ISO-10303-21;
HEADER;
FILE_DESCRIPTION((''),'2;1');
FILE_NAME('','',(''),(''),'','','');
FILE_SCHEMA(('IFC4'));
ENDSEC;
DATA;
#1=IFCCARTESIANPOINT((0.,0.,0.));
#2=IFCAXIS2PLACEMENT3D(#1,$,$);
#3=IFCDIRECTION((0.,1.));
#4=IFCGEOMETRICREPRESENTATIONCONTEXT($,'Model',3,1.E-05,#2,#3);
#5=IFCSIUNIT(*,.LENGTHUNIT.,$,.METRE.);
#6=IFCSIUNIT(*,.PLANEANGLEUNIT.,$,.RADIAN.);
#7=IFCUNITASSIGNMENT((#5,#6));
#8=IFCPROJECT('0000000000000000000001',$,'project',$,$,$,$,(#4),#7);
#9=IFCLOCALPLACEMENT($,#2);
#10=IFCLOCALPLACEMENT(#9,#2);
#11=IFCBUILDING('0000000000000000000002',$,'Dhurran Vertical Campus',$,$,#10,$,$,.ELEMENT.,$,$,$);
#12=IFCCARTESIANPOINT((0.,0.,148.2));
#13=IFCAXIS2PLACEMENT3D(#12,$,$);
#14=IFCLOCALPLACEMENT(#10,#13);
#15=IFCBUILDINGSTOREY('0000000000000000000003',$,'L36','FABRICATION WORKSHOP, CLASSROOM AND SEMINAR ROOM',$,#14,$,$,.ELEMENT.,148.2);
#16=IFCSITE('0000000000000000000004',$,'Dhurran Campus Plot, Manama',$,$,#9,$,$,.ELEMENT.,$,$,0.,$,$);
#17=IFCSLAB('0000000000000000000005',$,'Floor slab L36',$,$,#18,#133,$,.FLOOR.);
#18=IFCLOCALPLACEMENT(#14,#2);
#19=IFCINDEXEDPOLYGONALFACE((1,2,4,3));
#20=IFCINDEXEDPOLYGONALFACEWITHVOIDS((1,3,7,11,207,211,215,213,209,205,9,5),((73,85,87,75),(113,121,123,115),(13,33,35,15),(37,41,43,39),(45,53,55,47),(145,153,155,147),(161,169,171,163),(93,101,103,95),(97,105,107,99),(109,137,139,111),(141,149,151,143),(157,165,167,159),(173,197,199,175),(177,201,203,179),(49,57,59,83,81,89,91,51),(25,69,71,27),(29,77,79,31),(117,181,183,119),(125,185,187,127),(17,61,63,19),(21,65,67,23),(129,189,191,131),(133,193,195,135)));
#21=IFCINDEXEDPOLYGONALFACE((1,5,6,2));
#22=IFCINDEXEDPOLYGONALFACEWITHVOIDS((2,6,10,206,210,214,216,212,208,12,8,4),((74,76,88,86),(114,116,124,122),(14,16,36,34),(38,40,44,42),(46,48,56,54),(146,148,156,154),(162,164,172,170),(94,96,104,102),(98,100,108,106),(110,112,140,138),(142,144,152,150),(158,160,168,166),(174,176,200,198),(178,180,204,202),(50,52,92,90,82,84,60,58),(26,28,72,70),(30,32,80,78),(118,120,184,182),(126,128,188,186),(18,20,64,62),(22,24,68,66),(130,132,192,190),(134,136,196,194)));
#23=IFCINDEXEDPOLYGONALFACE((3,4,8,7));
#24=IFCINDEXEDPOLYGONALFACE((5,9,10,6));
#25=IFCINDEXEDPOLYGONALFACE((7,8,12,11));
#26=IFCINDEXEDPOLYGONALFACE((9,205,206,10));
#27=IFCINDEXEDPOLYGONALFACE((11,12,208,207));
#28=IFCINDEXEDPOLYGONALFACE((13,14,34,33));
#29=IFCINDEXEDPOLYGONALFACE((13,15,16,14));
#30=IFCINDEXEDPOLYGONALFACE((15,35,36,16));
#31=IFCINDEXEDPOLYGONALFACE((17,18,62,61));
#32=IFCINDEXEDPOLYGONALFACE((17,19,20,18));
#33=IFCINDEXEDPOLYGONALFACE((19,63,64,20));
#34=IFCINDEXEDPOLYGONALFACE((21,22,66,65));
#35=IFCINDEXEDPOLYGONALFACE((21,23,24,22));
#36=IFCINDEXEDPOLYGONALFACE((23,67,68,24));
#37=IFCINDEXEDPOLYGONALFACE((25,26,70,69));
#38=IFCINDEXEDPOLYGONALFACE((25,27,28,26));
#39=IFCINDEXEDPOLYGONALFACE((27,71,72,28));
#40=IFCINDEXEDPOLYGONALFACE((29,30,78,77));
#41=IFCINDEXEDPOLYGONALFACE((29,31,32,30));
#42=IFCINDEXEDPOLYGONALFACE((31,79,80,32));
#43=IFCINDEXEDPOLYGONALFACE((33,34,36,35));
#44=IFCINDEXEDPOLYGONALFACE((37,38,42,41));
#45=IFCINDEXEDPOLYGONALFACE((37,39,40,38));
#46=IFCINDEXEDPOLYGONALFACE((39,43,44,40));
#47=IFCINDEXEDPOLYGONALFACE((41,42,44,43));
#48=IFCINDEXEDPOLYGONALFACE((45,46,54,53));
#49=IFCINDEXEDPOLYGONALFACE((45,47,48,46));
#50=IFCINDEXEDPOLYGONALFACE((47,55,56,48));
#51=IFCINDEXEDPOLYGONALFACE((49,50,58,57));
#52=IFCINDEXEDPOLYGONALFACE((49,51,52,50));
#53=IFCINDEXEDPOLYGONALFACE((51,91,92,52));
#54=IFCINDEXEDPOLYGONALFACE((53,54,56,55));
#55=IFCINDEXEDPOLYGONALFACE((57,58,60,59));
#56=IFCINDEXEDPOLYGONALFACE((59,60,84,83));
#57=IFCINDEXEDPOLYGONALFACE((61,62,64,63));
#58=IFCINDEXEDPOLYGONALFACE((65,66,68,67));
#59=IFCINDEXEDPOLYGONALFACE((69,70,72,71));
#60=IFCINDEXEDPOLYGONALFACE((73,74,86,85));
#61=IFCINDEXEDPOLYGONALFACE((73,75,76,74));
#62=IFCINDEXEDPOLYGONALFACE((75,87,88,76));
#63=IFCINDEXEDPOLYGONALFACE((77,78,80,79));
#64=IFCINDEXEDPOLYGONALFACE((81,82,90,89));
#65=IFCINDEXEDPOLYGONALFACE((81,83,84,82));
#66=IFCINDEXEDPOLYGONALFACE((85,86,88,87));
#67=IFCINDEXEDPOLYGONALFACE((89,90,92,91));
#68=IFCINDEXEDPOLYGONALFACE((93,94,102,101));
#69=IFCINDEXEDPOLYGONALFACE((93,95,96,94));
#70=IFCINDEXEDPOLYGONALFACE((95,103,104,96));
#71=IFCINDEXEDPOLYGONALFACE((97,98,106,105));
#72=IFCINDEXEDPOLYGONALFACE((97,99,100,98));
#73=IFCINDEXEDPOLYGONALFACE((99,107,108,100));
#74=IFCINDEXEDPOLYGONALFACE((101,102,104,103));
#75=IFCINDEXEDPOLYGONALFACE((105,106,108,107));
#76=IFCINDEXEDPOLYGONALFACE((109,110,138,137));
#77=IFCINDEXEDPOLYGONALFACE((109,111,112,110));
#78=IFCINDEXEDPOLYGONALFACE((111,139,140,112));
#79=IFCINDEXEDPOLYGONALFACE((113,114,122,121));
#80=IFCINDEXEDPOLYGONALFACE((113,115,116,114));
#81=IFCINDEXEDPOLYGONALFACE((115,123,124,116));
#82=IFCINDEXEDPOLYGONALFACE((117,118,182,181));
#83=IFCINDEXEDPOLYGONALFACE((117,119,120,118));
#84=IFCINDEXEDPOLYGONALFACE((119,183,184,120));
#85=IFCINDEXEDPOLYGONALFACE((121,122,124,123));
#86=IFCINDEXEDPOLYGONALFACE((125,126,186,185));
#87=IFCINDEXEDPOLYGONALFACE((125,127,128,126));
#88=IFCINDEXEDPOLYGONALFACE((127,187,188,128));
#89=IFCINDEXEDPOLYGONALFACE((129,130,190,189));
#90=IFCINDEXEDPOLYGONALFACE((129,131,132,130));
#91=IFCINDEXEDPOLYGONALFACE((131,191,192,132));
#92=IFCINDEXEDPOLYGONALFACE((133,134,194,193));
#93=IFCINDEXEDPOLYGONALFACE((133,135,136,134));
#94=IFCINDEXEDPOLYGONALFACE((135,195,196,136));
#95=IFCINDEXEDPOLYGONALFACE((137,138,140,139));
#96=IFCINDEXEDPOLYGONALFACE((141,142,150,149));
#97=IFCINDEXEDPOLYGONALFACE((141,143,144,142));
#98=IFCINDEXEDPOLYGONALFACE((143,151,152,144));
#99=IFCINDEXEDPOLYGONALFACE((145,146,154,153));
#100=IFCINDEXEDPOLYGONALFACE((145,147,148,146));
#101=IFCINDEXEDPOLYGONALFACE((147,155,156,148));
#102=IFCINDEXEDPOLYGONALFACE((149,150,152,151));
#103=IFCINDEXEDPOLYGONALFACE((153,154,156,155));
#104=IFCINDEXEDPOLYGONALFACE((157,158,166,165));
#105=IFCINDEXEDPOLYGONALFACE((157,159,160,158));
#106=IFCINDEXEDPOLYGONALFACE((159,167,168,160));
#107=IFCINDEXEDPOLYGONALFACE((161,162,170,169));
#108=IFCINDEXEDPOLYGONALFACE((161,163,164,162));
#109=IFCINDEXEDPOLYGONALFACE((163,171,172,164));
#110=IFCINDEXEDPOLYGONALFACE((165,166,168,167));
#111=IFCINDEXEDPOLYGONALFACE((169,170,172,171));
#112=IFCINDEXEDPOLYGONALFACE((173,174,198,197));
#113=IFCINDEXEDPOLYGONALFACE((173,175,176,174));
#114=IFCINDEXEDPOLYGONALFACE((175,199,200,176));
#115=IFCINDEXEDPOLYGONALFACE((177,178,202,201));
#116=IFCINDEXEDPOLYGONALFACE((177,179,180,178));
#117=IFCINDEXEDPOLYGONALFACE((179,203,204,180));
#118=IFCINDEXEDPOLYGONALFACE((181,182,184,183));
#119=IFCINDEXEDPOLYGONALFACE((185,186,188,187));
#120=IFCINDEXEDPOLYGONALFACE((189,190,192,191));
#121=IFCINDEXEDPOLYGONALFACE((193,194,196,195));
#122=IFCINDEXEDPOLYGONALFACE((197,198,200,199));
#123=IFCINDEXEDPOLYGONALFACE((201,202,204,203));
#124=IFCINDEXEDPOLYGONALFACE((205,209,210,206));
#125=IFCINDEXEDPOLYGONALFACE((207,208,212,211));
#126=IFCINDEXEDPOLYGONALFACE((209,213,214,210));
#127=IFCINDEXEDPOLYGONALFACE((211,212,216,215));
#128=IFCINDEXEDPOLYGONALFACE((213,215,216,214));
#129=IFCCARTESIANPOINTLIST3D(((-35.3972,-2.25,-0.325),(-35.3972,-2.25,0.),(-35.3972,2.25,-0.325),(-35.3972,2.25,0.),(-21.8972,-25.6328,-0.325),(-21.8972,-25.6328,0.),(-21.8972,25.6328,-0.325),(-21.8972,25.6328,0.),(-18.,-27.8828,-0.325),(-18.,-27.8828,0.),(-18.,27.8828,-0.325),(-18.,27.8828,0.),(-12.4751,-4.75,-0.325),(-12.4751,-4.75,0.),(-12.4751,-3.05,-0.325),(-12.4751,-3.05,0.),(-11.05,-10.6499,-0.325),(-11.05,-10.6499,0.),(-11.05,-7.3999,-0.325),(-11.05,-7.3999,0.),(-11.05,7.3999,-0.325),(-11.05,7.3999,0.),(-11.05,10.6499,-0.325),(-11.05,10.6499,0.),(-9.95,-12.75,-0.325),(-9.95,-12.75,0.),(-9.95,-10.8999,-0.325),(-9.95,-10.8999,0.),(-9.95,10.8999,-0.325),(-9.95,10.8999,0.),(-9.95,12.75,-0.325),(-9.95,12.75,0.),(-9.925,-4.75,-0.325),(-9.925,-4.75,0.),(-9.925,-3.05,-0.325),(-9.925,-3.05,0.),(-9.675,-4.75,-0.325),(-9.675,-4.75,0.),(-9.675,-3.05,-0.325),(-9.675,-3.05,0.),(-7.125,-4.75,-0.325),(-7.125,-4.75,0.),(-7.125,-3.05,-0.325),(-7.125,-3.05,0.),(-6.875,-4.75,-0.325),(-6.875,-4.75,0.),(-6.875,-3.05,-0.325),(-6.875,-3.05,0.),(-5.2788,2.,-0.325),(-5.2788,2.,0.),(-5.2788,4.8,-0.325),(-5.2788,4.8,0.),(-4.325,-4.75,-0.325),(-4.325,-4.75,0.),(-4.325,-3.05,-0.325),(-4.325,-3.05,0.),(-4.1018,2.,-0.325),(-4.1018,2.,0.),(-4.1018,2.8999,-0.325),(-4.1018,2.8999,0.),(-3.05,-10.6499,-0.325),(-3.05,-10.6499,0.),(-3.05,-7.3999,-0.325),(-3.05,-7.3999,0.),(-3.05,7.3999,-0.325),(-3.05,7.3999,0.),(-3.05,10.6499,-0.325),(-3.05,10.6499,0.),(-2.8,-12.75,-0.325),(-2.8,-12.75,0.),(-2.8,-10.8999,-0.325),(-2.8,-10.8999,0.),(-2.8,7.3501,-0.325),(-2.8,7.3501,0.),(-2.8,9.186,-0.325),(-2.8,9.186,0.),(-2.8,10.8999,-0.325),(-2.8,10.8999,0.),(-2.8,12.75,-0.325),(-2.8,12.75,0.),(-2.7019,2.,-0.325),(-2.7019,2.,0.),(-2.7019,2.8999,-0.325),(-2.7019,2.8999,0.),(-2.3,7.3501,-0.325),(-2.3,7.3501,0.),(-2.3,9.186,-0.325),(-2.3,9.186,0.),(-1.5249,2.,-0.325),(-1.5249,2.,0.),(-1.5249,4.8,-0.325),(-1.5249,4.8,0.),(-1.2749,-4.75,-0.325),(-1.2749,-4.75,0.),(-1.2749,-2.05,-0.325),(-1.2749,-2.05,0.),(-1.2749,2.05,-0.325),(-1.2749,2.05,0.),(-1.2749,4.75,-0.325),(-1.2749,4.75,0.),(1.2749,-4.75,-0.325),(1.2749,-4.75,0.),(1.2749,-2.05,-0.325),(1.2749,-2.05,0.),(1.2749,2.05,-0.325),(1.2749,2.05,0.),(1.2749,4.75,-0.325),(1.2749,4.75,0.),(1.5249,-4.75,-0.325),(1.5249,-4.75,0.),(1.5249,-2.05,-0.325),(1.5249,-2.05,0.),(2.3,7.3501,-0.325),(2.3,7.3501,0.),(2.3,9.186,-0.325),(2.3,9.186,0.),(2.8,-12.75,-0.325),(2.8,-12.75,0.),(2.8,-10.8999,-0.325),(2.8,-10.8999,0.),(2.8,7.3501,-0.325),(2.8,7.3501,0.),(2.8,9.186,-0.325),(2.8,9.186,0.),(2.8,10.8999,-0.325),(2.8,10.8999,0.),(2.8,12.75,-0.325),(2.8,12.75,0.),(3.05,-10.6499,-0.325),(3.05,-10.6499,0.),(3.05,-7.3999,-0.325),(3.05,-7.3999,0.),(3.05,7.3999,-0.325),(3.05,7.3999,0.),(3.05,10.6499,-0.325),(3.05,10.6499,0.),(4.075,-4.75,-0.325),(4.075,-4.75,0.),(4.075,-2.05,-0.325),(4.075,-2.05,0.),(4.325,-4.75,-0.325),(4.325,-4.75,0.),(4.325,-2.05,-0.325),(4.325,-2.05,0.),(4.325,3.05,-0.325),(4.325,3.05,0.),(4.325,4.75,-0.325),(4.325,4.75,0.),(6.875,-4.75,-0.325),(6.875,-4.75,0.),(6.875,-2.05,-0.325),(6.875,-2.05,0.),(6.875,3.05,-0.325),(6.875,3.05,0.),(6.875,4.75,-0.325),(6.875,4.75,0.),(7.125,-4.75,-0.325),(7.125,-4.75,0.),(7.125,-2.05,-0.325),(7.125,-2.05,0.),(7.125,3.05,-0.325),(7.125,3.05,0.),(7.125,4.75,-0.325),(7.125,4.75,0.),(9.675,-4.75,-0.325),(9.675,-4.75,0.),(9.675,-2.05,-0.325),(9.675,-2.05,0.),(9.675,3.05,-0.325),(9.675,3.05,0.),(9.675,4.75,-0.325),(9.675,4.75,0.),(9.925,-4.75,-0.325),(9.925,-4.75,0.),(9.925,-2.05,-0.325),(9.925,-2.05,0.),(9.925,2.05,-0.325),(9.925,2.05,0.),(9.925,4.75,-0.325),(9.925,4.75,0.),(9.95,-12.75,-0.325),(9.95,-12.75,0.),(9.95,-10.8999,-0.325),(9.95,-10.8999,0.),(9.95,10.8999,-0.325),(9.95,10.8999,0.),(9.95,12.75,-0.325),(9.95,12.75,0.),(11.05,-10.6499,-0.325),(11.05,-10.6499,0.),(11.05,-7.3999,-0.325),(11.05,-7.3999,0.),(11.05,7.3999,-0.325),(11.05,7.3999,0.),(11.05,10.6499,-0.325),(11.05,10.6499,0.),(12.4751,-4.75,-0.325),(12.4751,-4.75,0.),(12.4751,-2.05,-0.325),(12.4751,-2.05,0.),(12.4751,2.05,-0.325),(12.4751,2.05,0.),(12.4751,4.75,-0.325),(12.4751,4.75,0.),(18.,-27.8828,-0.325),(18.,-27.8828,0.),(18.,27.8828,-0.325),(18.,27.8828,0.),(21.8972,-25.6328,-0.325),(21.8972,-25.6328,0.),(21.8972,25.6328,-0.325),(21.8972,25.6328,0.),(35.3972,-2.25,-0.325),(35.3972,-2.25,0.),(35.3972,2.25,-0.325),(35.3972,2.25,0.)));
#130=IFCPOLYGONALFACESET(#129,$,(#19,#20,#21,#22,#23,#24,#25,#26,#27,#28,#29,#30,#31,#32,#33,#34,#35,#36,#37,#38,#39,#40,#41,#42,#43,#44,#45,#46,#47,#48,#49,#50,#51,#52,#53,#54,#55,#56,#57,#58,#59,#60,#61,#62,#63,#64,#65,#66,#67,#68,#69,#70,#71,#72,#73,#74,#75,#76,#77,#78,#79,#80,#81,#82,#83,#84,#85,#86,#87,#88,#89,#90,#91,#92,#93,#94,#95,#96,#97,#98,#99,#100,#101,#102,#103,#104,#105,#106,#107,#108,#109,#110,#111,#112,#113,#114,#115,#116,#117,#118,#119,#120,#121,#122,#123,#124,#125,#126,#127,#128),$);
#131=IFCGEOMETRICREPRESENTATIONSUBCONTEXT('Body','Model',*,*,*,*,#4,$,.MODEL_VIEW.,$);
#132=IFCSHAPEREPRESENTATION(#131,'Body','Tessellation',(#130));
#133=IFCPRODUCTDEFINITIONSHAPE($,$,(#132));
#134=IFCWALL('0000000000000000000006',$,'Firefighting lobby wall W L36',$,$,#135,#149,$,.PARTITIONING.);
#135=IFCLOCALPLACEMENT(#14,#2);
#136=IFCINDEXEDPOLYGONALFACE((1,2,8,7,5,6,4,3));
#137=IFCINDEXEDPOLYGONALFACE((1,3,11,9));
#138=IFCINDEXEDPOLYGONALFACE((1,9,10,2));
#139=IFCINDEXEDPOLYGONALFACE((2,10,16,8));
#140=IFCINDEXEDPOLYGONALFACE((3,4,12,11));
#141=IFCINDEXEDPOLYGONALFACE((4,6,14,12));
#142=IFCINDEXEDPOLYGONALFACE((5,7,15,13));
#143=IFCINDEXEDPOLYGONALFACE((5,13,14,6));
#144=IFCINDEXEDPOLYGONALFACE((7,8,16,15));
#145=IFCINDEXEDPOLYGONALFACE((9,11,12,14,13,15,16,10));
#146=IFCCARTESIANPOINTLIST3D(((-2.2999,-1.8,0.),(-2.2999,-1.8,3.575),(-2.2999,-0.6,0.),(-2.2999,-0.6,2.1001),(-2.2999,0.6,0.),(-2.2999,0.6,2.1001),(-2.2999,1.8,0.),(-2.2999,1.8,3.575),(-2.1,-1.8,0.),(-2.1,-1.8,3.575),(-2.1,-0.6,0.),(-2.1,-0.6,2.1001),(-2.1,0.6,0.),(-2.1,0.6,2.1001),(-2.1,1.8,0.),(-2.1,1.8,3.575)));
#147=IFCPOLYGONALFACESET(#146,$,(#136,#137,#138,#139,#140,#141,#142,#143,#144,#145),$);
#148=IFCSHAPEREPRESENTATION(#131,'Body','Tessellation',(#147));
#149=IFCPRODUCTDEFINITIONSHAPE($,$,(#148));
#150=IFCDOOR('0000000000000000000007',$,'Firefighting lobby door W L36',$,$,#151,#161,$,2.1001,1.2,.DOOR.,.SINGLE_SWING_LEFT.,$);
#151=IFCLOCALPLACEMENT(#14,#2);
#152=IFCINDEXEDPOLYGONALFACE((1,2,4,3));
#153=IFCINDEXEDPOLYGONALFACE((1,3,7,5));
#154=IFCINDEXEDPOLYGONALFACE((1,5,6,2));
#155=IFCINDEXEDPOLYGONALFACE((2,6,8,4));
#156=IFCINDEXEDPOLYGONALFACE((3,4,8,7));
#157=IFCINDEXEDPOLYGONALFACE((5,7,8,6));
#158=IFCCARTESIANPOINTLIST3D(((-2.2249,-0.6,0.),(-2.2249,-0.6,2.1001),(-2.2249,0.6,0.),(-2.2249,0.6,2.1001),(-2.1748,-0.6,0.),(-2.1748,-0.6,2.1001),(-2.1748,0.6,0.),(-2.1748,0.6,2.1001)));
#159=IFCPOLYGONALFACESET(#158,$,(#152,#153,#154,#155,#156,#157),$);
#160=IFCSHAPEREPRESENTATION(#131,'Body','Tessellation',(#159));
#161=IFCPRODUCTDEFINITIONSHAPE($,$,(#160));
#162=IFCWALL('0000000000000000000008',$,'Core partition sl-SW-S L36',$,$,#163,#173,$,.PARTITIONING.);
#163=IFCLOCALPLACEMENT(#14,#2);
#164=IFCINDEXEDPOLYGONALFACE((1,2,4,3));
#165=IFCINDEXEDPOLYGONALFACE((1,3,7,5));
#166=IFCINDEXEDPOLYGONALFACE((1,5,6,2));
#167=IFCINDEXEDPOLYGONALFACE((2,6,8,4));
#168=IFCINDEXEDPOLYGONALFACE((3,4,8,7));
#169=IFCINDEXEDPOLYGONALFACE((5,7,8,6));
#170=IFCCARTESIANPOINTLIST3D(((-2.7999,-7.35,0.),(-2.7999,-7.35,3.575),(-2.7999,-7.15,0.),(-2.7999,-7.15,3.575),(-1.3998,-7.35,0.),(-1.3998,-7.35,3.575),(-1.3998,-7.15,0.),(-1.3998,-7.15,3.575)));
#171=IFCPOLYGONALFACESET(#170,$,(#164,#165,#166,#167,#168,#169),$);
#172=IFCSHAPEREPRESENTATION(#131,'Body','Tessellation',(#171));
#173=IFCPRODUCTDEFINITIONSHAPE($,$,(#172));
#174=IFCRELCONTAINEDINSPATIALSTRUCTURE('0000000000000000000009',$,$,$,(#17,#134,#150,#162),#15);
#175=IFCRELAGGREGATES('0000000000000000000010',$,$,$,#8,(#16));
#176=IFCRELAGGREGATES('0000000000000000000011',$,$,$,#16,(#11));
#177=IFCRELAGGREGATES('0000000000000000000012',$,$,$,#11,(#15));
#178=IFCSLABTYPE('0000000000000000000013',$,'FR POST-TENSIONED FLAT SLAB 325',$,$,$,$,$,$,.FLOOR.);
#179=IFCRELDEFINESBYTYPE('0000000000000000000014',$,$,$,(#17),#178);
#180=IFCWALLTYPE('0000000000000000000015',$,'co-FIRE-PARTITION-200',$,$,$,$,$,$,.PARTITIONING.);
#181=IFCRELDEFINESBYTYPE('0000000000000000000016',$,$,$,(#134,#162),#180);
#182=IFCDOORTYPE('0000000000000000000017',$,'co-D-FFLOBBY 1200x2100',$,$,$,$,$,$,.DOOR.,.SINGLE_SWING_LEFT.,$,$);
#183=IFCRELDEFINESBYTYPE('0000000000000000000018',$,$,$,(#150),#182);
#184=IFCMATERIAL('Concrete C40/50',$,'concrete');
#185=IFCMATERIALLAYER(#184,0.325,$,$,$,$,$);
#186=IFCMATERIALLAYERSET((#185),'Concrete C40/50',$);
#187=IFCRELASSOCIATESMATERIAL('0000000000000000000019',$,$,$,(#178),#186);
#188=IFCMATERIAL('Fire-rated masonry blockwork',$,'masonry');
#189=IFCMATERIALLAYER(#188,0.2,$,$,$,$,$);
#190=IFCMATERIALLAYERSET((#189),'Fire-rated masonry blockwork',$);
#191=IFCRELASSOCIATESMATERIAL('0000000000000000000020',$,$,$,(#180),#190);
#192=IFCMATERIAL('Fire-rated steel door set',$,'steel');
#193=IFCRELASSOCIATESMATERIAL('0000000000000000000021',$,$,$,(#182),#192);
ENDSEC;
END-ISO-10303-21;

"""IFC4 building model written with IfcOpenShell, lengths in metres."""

from ifc_helpers import new_model, si_unit, direction, frame, frame_2d, origin, place, context, subcontext, project, spatial, polyline, rectangle, outline, extrude, material, layer, layer_set, type_object, element, fill, save


model = new_model("IFC4")

# Units and contexts
model_context = context("Model", 3, precision=1e-05, world=origin(), true_north=direction((0.0, 1.0)))
body_context = subcontext(model_context, "Body", "Model", "MODEL_VIEW")
ifc_project = project(units=[si_unit("LENGTHUNIT", "METRE"), si_unit("PLANEANGLEUNIT", "RADIAN")], contexts=[model_context])

# Site, building, storey
site_placement = place(None, origin())
site = spatial("IfcSite", under=ifc_project, at=site_placement, Name="Dhurran Campus Plot, Manama", CompositionType="ELEMENT", RefElevation=0.0)
building_placement = place(site_placement, origin())
building = spatial("IfcBuilding", under=site, at=building_placement, Name="Dhurran Vertical Campus", CompositionType="ELEMENT")
storey_placement = place(building_placement, frame((0.0, 0.0, 148.2)))
storey = spatial("IfcBuildingStorey", under=building, at=storey_placement, Name="L36", Description="FABRICATION WORKSHOP, CLASSROOM AND SEMINAR ROOM", CompositionType="ELEMENT", Elevation=148.2)

# Slab
ifc_material_1 = material(Name="Concrete C40/50", Category="concrete")
ifc_layer_1 = layer(ifc_material_1, 0.325)
ifc_layer_set_1 = layer_set([ifc_layer_1], Name="Concrete C40/50")
slab_type = type_object("IfcSlabType", Name="FR POST-TENSIONED FLAT SLAB 325", PredefinedType="FLOOR", material=ifc_layer_set_1)
slab_placement = place(storey_placement, frame((0.0, 0.0, -0.325)))
element("IfcSlab", 1, at=slab_placement, inside=storey, type_object=slab_type, Name="Floor slab L36", PredefinedType="FLOOR", context=body_context, shape_type="SweptSolid", body=[
    extrude(outline(polyline([(-18.0, -27.8828), (18.0, -27.8828), (21.8972, -25.6328), (35.3972, -2.25), (35.3972, 2.25), (21.8972, 25.6328), (18.0, 27.8828), (-18.0, 27.8828), (-21.8972, 25.6328), (-35.3972, 2.25), (-35.3972, -2.25), (-21.8972, -25.6328), (-18.0, -27.8828)]), holes=[polyline([(-1.2749, 2.05), (1.2749, 2.05), (1.2749, 4.75), (-1.2749, 4.75), (-1.2749, 2.05)]), polyline([(9.925, 2.05), (12.4751, 2.05), (12.4751, 4.75), (9.925, 4.75), (9.925, 2.05)]), polyline([(-1.2749, -4.75), (1.2749, -4.75), (1.2749, -2.05), (-1.2749, -2.05), (-1.2749, -4.75)]), polyline([(1.5249, -4.75), (4.075, -4.75), (4.075, -2.05), (1.5249, -2.05), (1.5249, -4.75)]), polyline([(4.325, -4.75), (6.875, -4.75), (6.875, -2.05), (4.325, -2.05), (4.325, -4.75)]), polyline([(7.125, -4.75), (9.675, -4.75), (9.675, -2.05), (7.125, -2.05), (7.125, -4.75)]), polyline([(9.925, -4.75), (12.4751, -4.75), (12.4751, -2.05), (9.925, -2.05), (9.925, -4.75)]), polyline([(4.325, 3.05), (6.875, 3.05), (6.875, 4.75), (4.325, 4.75), (4.325, 3.05)]), polyline([(7.125, 3.05), (9.675, 3.05), (9.675, 4.75), (7.125, 4.75), (7.125, 3.05)]), polyline([(-12.4751, -4.75), (-9.925, -4.75), (-9.925, -3.05), (-12.4751, -3.05), (-12.4751, -4.75)]), polyline([(-9.675, -4.75), (-7.125, -4.75), (-7.125, -3.05), (-9.675, -3.05), (-9.675, -4.75)]), polyline([(-6.875, -4.75), (-4.325, -4.75), (-4.325, -3.05), (-6.875, -3.05), (-6.875, -4.75)]), polyline([(-11.05, 7.3999), (-3.05, 7.3999), (-3.05, 10.6499), (-11.05, 10.6499), (-11.05, 7.3999)]), polyline([(3.05, 7.3999), (11.05, 7.3999), (11.05, 10.6499), (3.05, 10.6499), (3.05, 7.3999)]), polyline([(-11.05, -10.6499), (-3.05, -10.6499), (-3.05, -7.3999), (-11.05, -7.3999), (-11.05, -10.6499)]), polyline([(3.05, -10.6499), (11.05, -10.6499), (11.05, -7.3999), (3.05, -7.3999), (3.05, -10.6499)]), polyline([(-9.95, 10.8999), (-9.95, 12.75), (-2.8, 12.75), (-2.8, 10.8999), (-9.95, 10.8999)]), polyline([(9.95, 12.75), (9.95, 10.8999), (2.8, 10.8999), (2.8, 12.75), (9.95, 12.75)]), polyline([(-9.95, -12.75), (-9.95, -10.8999), (-2.8, -10.8999), (-2.8, -12.75), (-9.95, -12.75)]), polyline([(9.95, -10.8999), (9.95, -12.75), (2.8, -12.75), (2.8, -10.8999), (9.95, -10.8999)]), polyline([(-2.3, 9.186), (-2.3, 7.3501), (-2.8, 7.3501), (-2.8, 9.186), (-2.3, 9.186)]), polyline([(2.3, 7.3501), (2.3, 9.186), (2.8, 9.186), (2.8, 7.3501), (2.3, 7.3501)]), polyline([(-1.5249, 4.8), (-1.5249, 2.0), (-2.7019, 2.0), (-2.7019, 2.8999), (-4.1018, 2.8999), (-4.1018, 2.0), (-5.2788, 2.0), (-5.2788, 4.8), (-1.5249, 4.8)])]), origin(), (0.0, 0.0, 1.0), 0.325),
])

# Wall, opening, door
ifc_material_2 = material(Name="Fire-rated masonry blockwork", Category="masonry")
ifc_layer_2 = layer(ifc_material_2, 0.2)
ifc_layer_set_2 = layer_set([ifc_layer_2], Name="Fire-rated masonry blockwork")
wall_type_1 = type_object("IfcWallType", Name="co-FIRE-PARTITION-200", PredefinedType="PARTITIONING", material=ifc_layer_set_2)
wall_1_placement = place(storey_placement, frame((-2.2, -1.8, 0.0), z_axis=(0.0, 0.0, 1.0), x_axis=(0.0, 1.0, 0.0)))
wall_1 = element("IfcWall", 2, at=wall_1_placement, inside=storey, type_object=wall_type_1, Name="Firefighting lobby wall W L36", PredefinedType="PARTITIONING", context=body_context, shape_type="SweptSolid", body=[
    extrude(rectangle(XDim=3.6001, YDim=0.2, at=frame_2d((1.8, 0.0))), origin(), (0.0, 0.0, 1.0), 3.575),
])
opening_1_placement = place(wall_1_placement, frame((1.2, 0.0, 0.0)))
opening_1 = element("IfcOpeningElement", 3, at=opening_1_placement, cuts=wall_1, PredefinedType="OPENING", context=body_context, shape_type="SweptSolid", body=[
    extrude(rectangle(XDim=1.2, YDim=2.1001, at=frame_2d((0.6001, 1.05))), frame((0.0, 0.1099, 0.0), z_axis=(0.0, -1.0, 0.0), x_axis=(1.0, 0.0, 0.0)), (0.0, 0.0, 1.0), 0.22),
])
ifc_material_3 = material(Name="Fire-rated steel door set", Category="steel")
door_type_1 = type_object("IfcDoorType", Name="co-D-FFLOBBY 1200x2100", OperationType="SINGLE_SWING_LEFT", PredefinedType="DOOR", material=ifc_material_3)
door_1_placement = place(opening_1_placement, origin())
door_1 = element("IfcDoor", 4, at=door_1_placement, inside=storey, type_object=door_type_1, Name="Firefighting lobby door W L36", OperationType="SINGLE_SWING_LEFT", OverallHeight=2.1001, OverallWidth=1.2, PredefinedType="DOOR", context=body_context, shape_type="SweptSolid", body=[
    extrude(rectangle(XDim=1.2, YDim=2.1001, at=frame_2d((0.6001, 1.05))), frame((0.0, 0.0249, 0.0), z_axis=(0.0, -1.0, 0.0), x_axis=(1.0, 0.0, 0.0)), (0.0, 0.0, 1.0), 0.05),
])
fill(opening_1, door_1)

# Wall
wall_2_placement = place(storey_placement, frame((-2.8, -7.25, 0.0), z_axis=(0.0, 0.0, 1.0), x_axis=(1.0, 0.0, 0.0)))
element("IfcWall", 5, at=wall_2_placement, inside=storey, type_object=wall_type_1, Name="Core partition sl-SW-S L36", PredefinedType="PARTITIONING", context=body_context, shape_type="SweptSolid", body=[
    extrude(rectangle(XDim=1.4001, YDim=0.2, at=frame_2d((0.7002, 0.0))), origin(), (0.0, 0.0, 1.0), 3.575),
])

save(model, "model.ifc")
